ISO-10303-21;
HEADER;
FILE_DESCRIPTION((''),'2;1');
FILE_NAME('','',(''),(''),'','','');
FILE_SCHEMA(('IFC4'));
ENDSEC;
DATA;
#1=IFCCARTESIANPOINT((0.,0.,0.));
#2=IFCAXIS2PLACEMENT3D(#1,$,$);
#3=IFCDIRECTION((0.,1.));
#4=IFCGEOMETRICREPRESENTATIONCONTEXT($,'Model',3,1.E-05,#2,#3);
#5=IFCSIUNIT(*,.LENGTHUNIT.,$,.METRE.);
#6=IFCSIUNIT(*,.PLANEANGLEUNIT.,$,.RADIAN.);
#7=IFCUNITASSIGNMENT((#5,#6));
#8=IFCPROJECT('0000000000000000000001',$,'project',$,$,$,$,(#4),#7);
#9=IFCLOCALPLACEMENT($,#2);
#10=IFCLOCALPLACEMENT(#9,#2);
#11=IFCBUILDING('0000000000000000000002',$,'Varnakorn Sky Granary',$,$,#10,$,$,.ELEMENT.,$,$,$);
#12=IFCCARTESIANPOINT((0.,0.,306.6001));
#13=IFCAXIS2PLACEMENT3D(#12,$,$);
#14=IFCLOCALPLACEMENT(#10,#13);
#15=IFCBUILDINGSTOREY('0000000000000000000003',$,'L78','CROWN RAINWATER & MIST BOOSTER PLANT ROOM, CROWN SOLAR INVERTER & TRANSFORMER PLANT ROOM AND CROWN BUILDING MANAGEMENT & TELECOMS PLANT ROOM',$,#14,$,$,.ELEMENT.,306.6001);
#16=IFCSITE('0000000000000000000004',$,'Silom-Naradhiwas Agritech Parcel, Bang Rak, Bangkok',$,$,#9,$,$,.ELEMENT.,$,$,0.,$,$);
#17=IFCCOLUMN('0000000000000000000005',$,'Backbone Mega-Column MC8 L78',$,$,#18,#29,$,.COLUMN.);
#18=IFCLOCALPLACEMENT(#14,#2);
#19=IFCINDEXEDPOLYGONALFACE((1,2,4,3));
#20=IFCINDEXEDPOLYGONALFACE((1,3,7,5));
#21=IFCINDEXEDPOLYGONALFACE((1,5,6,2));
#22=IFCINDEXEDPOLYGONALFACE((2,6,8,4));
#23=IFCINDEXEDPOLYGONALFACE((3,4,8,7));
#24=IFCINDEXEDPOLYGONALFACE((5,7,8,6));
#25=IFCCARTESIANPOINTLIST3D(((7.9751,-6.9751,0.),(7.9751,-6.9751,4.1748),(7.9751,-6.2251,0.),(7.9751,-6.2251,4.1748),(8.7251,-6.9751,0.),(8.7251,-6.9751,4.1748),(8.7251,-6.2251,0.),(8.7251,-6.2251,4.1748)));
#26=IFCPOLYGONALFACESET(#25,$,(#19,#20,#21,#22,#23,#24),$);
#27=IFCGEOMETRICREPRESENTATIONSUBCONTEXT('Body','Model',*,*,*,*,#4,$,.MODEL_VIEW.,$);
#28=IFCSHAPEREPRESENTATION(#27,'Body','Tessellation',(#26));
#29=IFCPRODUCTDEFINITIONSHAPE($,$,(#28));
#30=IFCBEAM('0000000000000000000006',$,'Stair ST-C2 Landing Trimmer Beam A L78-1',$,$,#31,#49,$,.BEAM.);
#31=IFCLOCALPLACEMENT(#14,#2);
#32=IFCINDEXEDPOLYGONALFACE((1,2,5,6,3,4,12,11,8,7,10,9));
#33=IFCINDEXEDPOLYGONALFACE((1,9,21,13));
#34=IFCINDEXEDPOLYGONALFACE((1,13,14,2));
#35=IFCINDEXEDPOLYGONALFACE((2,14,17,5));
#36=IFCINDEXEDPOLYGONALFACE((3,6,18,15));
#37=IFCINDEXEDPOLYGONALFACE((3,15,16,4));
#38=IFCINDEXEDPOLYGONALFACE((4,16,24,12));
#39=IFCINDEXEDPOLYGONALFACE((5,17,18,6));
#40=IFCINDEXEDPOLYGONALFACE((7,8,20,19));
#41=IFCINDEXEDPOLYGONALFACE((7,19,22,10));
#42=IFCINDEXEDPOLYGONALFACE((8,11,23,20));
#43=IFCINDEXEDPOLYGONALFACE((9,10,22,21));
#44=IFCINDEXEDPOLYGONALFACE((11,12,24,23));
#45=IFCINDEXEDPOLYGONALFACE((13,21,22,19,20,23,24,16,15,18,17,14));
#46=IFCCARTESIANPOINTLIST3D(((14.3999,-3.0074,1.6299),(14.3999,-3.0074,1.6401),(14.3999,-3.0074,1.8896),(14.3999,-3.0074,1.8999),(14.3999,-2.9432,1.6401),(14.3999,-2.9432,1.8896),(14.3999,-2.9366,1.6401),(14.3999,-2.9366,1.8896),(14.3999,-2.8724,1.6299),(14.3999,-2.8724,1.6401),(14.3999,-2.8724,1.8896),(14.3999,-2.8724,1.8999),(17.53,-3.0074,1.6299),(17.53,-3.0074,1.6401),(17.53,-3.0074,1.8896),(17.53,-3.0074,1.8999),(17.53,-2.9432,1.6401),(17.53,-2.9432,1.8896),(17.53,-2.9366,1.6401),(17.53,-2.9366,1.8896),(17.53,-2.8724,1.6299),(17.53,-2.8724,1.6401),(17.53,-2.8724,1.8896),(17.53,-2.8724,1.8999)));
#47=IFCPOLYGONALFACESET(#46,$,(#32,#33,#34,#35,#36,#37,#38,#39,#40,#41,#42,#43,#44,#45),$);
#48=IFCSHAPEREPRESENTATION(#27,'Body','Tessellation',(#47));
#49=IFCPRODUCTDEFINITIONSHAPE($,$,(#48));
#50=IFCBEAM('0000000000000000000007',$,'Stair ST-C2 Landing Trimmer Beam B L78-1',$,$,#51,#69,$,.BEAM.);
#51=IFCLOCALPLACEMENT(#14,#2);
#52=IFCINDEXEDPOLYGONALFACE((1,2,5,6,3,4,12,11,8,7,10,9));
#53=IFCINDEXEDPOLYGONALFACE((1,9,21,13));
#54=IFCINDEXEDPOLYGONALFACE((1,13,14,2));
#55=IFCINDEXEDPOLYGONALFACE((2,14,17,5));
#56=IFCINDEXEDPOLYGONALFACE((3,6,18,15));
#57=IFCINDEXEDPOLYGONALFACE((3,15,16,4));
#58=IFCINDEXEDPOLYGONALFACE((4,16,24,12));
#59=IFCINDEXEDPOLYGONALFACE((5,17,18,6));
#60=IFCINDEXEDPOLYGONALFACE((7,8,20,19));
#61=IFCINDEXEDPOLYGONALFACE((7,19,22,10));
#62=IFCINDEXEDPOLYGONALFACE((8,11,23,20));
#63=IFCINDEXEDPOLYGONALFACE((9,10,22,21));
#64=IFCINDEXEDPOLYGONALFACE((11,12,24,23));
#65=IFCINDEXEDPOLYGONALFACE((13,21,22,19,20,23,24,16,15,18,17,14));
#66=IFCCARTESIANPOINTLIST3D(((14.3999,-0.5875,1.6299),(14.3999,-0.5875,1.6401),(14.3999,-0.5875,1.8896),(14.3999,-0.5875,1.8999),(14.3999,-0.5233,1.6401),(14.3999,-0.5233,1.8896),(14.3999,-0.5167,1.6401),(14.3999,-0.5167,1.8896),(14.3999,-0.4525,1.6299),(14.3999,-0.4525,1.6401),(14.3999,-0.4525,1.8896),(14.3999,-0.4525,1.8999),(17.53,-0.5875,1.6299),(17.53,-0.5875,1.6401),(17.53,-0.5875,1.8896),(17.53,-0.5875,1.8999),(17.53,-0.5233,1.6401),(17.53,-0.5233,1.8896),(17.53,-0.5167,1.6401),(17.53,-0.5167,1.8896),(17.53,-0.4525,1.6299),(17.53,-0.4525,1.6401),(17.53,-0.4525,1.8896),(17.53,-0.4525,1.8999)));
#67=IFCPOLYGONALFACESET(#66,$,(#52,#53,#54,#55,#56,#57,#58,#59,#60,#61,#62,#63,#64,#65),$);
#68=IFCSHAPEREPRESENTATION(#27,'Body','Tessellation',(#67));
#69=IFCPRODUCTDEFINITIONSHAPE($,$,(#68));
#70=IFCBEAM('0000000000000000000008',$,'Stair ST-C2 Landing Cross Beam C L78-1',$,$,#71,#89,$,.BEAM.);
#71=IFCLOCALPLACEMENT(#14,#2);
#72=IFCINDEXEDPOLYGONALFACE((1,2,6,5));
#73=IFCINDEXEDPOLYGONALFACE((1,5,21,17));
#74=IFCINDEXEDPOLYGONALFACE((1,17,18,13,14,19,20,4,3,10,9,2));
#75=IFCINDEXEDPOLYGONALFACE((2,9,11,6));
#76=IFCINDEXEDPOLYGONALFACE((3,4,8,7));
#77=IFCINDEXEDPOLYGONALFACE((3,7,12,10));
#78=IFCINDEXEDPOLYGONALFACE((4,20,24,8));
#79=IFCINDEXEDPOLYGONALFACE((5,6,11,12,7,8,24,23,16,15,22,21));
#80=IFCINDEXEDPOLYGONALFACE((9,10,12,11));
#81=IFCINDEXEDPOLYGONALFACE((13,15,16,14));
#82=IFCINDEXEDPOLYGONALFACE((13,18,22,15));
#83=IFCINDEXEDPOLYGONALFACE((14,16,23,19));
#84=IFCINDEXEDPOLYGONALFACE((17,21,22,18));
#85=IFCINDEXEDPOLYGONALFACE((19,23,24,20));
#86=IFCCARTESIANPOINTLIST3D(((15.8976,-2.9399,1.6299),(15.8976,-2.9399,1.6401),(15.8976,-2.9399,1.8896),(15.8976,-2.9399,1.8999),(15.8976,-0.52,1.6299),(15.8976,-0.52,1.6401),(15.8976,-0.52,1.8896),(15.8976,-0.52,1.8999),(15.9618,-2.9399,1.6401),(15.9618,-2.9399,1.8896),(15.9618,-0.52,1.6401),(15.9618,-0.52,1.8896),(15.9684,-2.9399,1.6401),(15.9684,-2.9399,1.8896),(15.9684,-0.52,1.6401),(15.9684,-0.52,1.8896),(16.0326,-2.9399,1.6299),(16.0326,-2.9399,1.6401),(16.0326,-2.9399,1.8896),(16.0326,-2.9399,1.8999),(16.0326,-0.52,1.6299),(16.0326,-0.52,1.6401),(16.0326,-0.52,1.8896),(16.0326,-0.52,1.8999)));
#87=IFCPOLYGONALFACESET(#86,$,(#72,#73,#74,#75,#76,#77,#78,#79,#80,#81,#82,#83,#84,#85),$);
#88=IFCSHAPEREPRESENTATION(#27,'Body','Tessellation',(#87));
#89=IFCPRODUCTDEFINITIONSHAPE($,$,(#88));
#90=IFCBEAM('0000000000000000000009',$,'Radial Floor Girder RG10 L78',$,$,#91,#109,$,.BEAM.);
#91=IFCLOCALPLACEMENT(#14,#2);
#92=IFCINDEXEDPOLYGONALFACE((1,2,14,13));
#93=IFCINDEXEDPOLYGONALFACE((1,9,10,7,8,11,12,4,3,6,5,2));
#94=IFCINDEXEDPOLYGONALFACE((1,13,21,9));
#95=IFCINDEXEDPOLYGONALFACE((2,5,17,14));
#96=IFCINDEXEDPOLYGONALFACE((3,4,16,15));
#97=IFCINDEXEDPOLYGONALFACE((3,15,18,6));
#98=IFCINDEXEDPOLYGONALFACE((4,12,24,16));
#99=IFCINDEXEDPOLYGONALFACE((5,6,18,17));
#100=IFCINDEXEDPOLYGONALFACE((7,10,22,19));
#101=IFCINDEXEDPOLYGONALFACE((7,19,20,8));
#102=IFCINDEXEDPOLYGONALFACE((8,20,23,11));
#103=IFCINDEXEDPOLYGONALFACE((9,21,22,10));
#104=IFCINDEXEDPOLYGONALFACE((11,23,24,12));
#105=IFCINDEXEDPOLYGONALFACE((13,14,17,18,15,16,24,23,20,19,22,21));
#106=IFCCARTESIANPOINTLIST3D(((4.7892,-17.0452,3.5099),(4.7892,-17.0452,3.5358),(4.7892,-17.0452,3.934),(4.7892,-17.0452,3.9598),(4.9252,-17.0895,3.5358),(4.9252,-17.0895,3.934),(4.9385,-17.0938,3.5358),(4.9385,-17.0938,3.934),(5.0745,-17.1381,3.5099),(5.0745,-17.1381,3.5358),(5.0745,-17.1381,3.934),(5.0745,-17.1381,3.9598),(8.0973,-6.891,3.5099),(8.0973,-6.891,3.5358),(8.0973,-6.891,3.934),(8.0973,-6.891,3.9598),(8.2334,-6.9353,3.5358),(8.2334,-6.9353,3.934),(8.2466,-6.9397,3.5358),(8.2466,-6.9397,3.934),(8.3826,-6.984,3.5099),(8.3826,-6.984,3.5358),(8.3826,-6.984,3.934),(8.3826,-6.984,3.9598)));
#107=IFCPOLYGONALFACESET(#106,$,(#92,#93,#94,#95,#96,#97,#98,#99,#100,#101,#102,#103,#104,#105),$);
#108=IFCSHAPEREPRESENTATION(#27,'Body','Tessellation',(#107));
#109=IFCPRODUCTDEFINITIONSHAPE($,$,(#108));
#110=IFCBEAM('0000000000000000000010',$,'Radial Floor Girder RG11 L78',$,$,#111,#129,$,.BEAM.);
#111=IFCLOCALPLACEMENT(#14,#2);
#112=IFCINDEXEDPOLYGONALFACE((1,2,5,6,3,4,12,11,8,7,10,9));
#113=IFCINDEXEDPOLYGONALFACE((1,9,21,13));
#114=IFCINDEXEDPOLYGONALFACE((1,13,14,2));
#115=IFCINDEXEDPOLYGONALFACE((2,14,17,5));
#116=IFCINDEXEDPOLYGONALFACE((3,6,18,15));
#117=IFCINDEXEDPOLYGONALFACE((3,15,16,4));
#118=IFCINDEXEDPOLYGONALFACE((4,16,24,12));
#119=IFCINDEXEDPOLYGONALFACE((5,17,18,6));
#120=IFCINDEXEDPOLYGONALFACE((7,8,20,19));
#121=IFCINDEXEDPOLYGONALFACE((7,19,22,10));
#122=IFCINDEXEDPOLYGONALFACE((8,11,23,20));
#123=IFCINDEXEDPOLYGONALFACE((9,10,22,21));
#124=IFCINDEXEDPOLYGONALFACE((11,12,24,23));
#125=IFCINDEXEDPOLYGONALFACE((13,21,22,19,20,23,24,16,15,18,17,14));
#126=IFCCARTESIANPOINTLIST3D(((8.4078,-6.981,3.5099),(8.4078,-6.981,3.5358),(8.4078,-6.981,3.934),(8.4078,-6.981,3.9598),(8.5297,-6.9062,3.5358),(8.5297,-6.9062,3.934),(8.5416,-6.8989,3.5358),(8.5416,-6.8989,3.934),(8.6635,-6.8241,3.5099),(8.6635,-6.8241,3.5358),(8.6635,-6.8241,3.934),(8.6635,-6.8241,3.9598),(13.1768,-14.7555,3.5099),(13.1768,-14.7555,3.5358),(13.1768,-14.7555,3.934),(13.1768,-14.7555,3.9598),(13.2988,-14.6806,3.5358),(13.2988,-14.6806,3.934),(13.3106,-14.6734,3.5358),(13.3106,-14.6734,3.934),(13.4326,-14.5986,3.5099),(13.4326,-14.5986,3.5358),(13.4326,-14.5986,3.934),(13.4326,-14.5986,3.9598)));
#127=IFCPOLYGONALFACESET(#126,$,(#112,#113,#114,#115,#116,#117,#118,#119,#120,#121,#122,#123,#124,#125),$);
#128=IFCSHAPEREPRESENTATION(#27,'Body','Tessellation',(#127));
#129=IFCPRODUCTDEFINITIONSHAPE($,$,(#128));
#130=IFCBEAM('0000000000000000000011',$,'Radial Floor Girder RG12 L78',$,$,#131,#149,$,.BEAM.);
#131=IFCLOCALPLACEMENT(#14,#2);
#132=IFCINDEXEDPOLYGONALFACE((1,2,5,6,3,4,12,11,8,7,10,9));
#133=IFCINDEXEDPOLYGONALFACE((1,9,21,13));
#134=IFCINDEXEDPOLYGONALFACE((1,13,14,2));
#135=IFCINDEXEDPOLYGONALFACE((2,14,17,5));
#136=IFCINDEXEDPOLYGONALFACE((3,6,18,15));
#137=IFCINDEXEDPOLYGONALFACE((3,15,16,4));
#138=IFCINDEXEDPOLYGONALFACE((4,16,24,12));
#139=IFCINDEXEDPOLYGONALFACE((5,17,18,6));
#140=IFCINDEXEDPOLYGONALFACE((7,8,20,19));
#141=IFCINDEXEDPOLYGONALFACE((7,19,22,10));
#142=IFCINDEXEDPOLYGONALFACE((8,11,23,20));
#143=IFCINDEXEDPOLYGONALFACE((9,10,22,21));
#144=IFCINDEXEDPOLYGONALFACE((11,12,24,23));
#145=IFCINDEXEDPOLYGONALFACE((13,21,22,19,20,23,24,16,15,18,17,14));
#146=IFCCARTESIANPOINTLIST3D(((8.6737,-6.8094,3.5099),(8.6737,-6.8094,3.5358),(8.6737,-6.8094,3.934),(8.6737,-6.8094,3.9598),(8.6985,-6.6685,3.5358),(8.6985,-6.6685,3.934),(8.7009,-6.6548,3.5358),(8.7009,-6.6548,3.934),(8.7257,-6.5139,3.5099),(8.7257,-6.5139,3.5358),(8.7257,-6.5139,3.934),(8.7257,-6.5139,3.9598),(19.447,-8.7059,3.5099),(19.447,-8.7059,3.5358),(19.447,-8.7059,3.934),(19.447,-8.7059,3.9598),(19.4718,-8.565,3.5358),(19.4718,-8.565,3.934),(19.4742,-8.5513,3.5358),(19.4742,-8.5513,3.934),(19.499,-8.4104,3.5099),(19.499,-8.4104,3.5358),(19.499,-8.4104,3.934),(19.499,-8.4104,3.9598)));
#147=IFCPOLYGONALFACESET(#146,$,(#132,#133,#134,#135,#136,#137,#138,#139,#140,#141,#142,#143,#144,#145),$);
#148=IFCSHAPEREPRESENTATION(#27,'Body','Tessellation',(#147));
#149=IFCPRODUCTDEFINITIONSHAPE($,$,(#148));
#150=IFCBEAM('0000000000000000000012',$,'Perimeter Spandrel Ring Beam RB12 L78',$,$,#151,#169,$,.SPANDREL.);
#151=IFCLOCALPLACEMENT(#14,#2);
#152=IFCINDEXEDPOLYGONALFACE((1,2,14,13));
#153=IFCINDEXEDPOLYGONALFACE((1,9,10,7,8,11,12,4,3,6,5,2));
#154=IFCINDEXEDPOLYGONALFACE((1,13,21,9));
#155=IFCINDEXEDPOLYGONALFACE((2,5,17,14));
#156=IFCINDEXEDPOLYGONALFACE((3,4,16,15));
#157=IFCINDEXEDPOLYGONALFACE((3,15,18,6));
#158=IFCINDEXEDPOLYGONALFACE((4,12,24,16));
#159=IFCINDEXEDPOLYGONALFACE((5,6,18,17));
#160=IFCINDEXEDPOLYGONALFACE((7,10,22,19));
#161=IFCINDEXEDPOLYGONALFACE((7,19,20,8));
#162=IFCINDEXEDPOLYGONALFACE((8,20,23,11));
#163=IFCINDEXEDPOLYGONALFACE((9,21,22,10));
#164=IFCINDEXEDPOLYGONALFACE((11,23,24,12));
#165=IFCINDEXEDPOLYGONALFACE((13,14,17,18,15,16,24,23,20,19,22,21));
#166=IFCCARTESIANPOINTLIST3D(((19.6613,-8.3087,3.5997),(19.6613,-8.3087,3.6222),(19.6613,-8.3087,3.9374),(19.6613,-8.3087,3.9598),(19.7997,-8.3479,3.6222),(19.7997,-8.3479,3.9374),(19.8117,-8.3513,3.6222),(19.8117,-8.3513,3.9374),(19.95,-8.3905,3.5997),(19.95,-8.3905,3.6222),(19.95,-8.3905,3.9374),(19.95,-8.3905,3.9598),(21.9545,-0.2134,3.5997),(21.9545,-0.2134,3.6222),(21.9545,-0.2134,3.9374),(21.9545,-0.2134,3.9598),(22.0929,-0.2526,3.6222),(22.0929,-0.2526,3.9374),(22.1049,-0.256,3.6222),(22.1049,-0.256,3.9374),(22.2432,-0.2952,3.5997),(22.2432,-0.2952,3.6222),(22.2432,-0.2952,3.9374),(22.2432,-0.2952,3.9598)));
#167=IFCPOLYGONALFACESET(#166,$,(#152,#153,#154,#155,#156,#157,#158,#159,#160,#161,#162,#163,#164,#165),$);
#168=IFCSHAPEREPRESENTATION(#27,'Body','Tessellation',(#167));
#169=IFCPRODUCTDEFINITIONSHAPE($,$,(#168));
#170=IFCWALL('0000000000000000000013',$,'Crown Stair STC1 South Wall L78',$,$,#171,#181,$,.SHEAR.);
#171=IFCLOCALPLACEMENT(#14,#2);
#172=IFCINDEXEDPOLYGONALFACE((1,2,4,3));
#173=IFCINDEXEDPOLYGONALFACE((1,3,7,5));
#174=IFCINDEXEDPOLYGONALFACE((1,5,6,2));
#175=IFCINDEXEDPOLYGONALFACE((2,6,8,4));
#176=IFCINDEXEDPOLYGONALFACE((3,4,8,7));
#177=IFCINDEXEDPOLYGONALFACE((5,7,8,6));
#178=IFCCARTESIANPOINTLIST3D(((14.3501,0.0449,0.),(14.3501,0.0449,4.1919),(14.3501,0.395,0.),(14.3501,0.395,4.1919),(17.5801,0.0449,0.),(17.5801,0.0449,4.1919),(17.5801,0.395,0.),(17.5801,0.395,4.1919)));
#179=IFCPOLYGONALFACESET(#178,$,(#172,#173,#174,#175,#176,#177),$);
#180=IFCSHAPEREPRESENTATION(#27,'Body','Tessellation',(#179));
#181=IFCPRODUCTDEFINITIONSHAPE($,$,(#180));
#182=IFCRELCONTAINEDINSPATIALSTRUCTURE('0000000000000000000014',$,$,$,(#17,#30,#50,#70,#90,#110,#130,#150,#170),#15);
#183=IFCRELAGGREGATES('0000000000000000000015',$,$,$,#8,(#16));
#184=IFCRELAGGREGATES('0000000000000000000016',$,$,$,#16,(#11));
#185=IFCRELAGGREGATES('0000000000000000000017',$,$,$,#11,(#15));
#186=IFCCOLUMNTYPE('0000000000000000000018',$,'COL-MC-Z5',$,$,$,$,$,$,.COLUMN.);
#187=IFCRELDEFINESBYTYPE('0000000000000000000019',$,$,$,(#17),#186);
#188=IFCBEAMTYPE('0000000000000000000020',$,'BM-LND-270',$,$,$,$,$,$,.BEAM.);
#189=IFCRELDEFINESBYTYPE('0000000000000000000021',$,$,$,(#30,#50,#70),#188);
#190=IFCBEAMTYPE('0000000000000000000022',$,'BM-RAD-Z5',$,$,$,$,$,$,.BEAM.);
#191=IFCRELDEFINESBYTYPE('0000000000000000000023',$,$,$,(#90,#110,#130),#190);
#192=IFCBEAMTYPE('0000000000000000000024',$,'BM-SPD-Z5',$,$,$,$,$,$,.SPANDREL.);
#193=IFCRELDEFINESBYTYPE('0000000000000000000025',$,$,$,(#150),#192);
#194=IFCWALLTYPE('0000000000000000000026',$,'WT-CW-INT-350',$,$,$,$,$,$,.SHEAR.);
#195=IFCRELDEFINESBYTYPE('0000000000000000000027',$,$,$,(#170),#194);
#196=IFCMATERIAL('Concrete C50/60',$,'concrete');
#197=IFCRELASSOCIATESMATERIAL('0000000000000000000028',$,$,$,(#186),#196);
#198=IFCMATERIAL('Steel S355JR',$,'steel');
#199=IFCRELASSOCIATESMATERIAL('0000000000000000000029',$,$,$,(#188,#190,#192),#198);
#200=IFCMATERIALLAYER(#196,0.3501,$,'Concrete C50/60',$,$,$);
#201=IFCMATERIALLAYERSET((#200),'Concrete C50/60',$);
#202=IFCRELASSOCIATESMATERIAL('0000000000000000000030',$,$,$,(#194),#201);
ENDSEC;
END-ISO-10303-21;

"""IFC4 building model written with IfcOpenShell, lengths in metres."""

from ifc_helpers import new_model, si_unit, direction, frame, frame_2d, origin, origin_2d, place, context, subcontext, project, spatial, rectangle, i_section, extrude, material, layer, layer_set, material_profile, profile_set, type_object, element, save


model = new_model("IFC4")

# Units and contexts
model_context = context("Model", 3, precision=1e-05, world=origin(), true_north=direction((0.0, 1.0)))
body_context = subcontext(model_context, "Body", "Model", "MODEL_VIEW")
ifc_project = project(units=[si_unit("LENGTHUNIT", "METRE"), si_unit("PLANEANGLEUNIT", "RADIAN")], contexts=[model_context])

# Site, building, storey
site_placement = place(None, origin())
site = spatial("IfcSite", under=ifc_project, at=site_placement, Name="Silom-Naradhiwas Agritech Parcel, Bang Rak, Bangkok", CompositionType="ELEMENT", RefElevation=0.0)
building_placement = place(site_placement, origin())
building = spatial("IfcBuilding", under=site, at=building_placement, Name="Varnakorn Sky Granary", CompositionType="ELEMENT")
storey_placement = place(building_placement, frame((0.0, 0.0, 306.6001)))
storey = spatial("IfcBuildingStorey", under=building, at=storey_placement, Name="L78", Description="CROWN RAINWATER & MIST BOOSTER PLANT ROOM, CROWN SOLAR INVERTER & TRANSFORMER PLANT ROOM AND CROWN BUILDING MANAGEMENT & TELECOMS PLANT ROOM", CompositionType="ELEMENT", Elevation=306.6001)

# Column
ifc_material_1 = material(Name="Concrete C50/60", Category="concrete")
ifc_material_profile_1 = material_profile(ifc_material_1, rectangle(XDim=0.75, YDim=0.75, at=origin_2d()), Name="RC 750x750")
ifc_profile_set_1 = profile_set([ifc_material_profile_1], Name="Concrete C50/60")
column_type = type_object("IfcColumnType", Name="COL-MC-Z5", PredefinedType="COLUMN", material=ifc_profile_set_1)
column_placement = place(storey_placement, frame((8.3501, -6.6001, 0.0), z_axis=(0.0, 0.0, 1.0), x_axis=(1.0, 0.0, 0.0)))
element("IfcColumn", 1, at=column_placement, inside=storey, type_object=column_type, Name="Backbone Mega-Column MC8 L78", PredefinedType="COLUMN", context=body_context, shape_type="SweptSolid", body=[
    extrude(rectangle(XDim=0.75, YDim=0.75, at=origin_2d()), origin(), (0.0, 0.0, 1.0), 4.1748),
])

# Beams
ifc_material_2 = material(Name="Steel S355JR", Category="steel")
ifc_material_profile_2 = material_profile(ifc_material_2, i_section(OverallWidth=0.135, OverallDepth=0.27, WebThickness=0.0066, FlangeThickness=0.0103, at=origin_2d()), Name="IPE 270")
ifc_profile_set_2 = profile_set([ifc_material_profile_2], Name="Steel S355JR")
beam_type_1 = type_object("IfcBeamType", Name="BM-LND-270", PredefinedType="BEAM", material=ifc_profile_set_2)
for number, where, z_axis, x_axis, name in (
    (2, (14.3999, -2.9399, 1.7649), (1.0, 0.0, 0.0), (0.0, 1.0, 0.0), "Stair ST-C2 Landing Trimmer Beam A L78-1"),
    (3, (14.3999, -0.52, 1.7649), (1.0, 0.0, 0.0), (0.0, 1.0, 0.0), "Stair ST-C2 Landing Trimmer Beam B L78-1"),
):
    element("IfcBeam", number, at=place(storey_placement, frame(where, z_axis=z_axis, x_axis=x_axis)), inside=storey, type_object=beam_type_1, Name=name, PredefinedType="BEAM", context=body_context, shape_type="SweptSolid", body=[
        extrude(i_section(OverallWidth=0.135, OverallDepth=0.27, WebThickness=0.0066, FlangeThickness=0.0103, at=origin_2d()), origin(), (0.0, 0.0, 1.0), 3.1301),
    ])
beam_1_placement = place(storey_placement, frame((15.9651, -2.9399, 1.7649), z_axis=(0.0, 1.0, 0.0), x_axis=(-1.0, 0.0, 0.0)))
element("IfcBeam", 4, at=beam_1_placement, inside=storey, type_object=beam_type_1, Name="Stair ST-C2 Landing Cross Beam C L78-1", PredefinedType="BEAM", context=body_context, shape_type="SweptSolid", body=[
    extrude(i_section(OverallWidth=0.135, OverallDepth=0.27, WebThickness=0.0066, FlangeThickness=0.0103, at=origin_2d()), origin(), (0.0, 0.0, 1.0), 2.4199),
])
ifc_material_profile_3 = material_profile(ifc_material_2, i_section(OverallWidth=0.3, OverallDepth=0.45, WebThickness=0.0139, FlangeThickness=0.0259, at=origin_2d()), Name="HE 450 B")
ifc_profile_set_3 = profile_set([ifc_material_profile_3], Name="Steel S355JR")
beam_type_2 = type_object("IfcBeamType", Name="BM-RAD-Z5", PredefinedType="BEAM", material=ifc_profile_set_3)
beam_2_placement = place(storey_placement, frame((8.24, -6.9375, 3.7349), z_axis=(-0.309767, -0.950813, 0.0), x_axis=(0.950813, -0.309767, 0.0)))
element("IfcBeam", 5, at=beam_2_placement, inside=storey, type_object=beam_type_2, Name="Radial Floor Girder RG10 L78", PredefinedType="BEAM", context=body_context, shape_type="SweptSolid", body=[
    extrude(i_section(OverallWidth=0.3, OverallDepth=0.45, WebThickness=0.0139, FlangeThickness=0.0259, at=origin_2d()), origin(), (0.0, 0.0, 1.0), 10.6794),
])
beam_3_placement = place(storey_placement, frame((8.5356, -6.9026, 3.7349), z_axis=(0.522887, -0.852402, 0.0), x_axis=(0.852402, 0.522887, 0.0)))
element("IfcBeam", 6, at=beam_3_placement, inside=storey, type_object=beam_type_2, Name="Radial Floor Girder RG11 L78", PredefinedType="BEAM", context=body_context, shape_type="SweptSolid", body=[
    extrude(i_section(OverallWidth=0.3, OverallDepth=0.45, WebThickness=0.0139, FlangeThickness=0.0259, at=origin_2d()), origin(), (0.0, 0.0, 1.0), 9.1206),
])
beam_4_placement = place(storey_placement, frame((8.6997, -6.6616, 3.7349), z_axis=(0.984856, -0.173372, 0.0), x_axis=(0.173372, 0.984856, 0.0)))
element("IfcBeam", 7, at=beam_4_placement, inside=storey, type_object=beam_type_2, Name="Radial Floor Girder RG12 L78", PredefinedType="BEAM", context=body_context, shape_type="SweptSolid", body=[
    extrude(i_section(OverallWidth=0.3, OverallDepth=0.45, WebThickness=0.0139, FlangeThickness=0.0259, at=origin_2d()), origin(), (0.0, 0.0, 1.0), 10.939),
])
ifc_material_profile_4 = material_profile(ifc_material_2, i_section(OverallWidth=0.3, OverallDepth=0.3601, WebThickness=0.0125, FlangeThickness=0.0225, at=origin_2d()), Name="HE 360 B")
ifc_profile_set_4 = profile_set([ifc_material_profile_4], Name="Steel S355JR")
beam_type_3 = type_object("IfcBeamType", Name="BM-SPD-Z5", PredefinedType="SPANDREL", material=ifc_profile_set_4)
beam_5_placement = place(storey_placement, frame((19.8057, -8.3496, 3.7798), z_axis=(0.272555, 0.96214, 0.0), x_axis=(-0.96214, 0.272555, 0.0)))
element("IfcBeam", 8, at=beam_5_placement, inside=storey, type_object=beam_type_3, Name="Perimeter Spandrel Ring Beam RB12 L78", PredefinedType="SPANDREL", context=body_context, shape_type="SweptSolid", body=[
    extrude(i_section(OverallWidth=0.3, OverallDepth=0.3601, WebThickness=0.0125, FlangeThickness=0.0225, at=origin_2d()), origin(), (0.0, 0.0, 1.0), 8.4138),
])

# Wall
ifc_layer_1 = layer(ifc_material_1, 0.3501, Name="Concrete C50/60")
ifc_layer_set_1 = layer_set([ifc_layer_1], Name="Concrete C50/60")
wall_type_1 = type_object("IfcWallType", Name="WT-CW-INT-350", PredefinedType="SHEAR", material=ifc_layer_set_1)
for number, where, z_axis, x_axis, name in (
    (9, (14.3501, 0.22, 0.0), (0.0, 0.0, 1.0), (1.0, 0.0, 0.0), "Crown Stair STC1 South Wall L78"),
):
    element("IfcWall", number, at=place(storey_placement, frame(where, z_axis=z_axis, x_axis=x_axis)), inside=storey, type_object=wall_type_1, Name=name, PredefinedType="SHEAR", context=body_context, shape_type="SweptSolid", body=[
        extrude(rectangle(XDim=3.23, YDim=0.3501, at=frame_2d((1.615, 0.0))), origin(), (0.0, 0.0, 1.0), 4.1919),
    ])

save(model, "model.ifc")
